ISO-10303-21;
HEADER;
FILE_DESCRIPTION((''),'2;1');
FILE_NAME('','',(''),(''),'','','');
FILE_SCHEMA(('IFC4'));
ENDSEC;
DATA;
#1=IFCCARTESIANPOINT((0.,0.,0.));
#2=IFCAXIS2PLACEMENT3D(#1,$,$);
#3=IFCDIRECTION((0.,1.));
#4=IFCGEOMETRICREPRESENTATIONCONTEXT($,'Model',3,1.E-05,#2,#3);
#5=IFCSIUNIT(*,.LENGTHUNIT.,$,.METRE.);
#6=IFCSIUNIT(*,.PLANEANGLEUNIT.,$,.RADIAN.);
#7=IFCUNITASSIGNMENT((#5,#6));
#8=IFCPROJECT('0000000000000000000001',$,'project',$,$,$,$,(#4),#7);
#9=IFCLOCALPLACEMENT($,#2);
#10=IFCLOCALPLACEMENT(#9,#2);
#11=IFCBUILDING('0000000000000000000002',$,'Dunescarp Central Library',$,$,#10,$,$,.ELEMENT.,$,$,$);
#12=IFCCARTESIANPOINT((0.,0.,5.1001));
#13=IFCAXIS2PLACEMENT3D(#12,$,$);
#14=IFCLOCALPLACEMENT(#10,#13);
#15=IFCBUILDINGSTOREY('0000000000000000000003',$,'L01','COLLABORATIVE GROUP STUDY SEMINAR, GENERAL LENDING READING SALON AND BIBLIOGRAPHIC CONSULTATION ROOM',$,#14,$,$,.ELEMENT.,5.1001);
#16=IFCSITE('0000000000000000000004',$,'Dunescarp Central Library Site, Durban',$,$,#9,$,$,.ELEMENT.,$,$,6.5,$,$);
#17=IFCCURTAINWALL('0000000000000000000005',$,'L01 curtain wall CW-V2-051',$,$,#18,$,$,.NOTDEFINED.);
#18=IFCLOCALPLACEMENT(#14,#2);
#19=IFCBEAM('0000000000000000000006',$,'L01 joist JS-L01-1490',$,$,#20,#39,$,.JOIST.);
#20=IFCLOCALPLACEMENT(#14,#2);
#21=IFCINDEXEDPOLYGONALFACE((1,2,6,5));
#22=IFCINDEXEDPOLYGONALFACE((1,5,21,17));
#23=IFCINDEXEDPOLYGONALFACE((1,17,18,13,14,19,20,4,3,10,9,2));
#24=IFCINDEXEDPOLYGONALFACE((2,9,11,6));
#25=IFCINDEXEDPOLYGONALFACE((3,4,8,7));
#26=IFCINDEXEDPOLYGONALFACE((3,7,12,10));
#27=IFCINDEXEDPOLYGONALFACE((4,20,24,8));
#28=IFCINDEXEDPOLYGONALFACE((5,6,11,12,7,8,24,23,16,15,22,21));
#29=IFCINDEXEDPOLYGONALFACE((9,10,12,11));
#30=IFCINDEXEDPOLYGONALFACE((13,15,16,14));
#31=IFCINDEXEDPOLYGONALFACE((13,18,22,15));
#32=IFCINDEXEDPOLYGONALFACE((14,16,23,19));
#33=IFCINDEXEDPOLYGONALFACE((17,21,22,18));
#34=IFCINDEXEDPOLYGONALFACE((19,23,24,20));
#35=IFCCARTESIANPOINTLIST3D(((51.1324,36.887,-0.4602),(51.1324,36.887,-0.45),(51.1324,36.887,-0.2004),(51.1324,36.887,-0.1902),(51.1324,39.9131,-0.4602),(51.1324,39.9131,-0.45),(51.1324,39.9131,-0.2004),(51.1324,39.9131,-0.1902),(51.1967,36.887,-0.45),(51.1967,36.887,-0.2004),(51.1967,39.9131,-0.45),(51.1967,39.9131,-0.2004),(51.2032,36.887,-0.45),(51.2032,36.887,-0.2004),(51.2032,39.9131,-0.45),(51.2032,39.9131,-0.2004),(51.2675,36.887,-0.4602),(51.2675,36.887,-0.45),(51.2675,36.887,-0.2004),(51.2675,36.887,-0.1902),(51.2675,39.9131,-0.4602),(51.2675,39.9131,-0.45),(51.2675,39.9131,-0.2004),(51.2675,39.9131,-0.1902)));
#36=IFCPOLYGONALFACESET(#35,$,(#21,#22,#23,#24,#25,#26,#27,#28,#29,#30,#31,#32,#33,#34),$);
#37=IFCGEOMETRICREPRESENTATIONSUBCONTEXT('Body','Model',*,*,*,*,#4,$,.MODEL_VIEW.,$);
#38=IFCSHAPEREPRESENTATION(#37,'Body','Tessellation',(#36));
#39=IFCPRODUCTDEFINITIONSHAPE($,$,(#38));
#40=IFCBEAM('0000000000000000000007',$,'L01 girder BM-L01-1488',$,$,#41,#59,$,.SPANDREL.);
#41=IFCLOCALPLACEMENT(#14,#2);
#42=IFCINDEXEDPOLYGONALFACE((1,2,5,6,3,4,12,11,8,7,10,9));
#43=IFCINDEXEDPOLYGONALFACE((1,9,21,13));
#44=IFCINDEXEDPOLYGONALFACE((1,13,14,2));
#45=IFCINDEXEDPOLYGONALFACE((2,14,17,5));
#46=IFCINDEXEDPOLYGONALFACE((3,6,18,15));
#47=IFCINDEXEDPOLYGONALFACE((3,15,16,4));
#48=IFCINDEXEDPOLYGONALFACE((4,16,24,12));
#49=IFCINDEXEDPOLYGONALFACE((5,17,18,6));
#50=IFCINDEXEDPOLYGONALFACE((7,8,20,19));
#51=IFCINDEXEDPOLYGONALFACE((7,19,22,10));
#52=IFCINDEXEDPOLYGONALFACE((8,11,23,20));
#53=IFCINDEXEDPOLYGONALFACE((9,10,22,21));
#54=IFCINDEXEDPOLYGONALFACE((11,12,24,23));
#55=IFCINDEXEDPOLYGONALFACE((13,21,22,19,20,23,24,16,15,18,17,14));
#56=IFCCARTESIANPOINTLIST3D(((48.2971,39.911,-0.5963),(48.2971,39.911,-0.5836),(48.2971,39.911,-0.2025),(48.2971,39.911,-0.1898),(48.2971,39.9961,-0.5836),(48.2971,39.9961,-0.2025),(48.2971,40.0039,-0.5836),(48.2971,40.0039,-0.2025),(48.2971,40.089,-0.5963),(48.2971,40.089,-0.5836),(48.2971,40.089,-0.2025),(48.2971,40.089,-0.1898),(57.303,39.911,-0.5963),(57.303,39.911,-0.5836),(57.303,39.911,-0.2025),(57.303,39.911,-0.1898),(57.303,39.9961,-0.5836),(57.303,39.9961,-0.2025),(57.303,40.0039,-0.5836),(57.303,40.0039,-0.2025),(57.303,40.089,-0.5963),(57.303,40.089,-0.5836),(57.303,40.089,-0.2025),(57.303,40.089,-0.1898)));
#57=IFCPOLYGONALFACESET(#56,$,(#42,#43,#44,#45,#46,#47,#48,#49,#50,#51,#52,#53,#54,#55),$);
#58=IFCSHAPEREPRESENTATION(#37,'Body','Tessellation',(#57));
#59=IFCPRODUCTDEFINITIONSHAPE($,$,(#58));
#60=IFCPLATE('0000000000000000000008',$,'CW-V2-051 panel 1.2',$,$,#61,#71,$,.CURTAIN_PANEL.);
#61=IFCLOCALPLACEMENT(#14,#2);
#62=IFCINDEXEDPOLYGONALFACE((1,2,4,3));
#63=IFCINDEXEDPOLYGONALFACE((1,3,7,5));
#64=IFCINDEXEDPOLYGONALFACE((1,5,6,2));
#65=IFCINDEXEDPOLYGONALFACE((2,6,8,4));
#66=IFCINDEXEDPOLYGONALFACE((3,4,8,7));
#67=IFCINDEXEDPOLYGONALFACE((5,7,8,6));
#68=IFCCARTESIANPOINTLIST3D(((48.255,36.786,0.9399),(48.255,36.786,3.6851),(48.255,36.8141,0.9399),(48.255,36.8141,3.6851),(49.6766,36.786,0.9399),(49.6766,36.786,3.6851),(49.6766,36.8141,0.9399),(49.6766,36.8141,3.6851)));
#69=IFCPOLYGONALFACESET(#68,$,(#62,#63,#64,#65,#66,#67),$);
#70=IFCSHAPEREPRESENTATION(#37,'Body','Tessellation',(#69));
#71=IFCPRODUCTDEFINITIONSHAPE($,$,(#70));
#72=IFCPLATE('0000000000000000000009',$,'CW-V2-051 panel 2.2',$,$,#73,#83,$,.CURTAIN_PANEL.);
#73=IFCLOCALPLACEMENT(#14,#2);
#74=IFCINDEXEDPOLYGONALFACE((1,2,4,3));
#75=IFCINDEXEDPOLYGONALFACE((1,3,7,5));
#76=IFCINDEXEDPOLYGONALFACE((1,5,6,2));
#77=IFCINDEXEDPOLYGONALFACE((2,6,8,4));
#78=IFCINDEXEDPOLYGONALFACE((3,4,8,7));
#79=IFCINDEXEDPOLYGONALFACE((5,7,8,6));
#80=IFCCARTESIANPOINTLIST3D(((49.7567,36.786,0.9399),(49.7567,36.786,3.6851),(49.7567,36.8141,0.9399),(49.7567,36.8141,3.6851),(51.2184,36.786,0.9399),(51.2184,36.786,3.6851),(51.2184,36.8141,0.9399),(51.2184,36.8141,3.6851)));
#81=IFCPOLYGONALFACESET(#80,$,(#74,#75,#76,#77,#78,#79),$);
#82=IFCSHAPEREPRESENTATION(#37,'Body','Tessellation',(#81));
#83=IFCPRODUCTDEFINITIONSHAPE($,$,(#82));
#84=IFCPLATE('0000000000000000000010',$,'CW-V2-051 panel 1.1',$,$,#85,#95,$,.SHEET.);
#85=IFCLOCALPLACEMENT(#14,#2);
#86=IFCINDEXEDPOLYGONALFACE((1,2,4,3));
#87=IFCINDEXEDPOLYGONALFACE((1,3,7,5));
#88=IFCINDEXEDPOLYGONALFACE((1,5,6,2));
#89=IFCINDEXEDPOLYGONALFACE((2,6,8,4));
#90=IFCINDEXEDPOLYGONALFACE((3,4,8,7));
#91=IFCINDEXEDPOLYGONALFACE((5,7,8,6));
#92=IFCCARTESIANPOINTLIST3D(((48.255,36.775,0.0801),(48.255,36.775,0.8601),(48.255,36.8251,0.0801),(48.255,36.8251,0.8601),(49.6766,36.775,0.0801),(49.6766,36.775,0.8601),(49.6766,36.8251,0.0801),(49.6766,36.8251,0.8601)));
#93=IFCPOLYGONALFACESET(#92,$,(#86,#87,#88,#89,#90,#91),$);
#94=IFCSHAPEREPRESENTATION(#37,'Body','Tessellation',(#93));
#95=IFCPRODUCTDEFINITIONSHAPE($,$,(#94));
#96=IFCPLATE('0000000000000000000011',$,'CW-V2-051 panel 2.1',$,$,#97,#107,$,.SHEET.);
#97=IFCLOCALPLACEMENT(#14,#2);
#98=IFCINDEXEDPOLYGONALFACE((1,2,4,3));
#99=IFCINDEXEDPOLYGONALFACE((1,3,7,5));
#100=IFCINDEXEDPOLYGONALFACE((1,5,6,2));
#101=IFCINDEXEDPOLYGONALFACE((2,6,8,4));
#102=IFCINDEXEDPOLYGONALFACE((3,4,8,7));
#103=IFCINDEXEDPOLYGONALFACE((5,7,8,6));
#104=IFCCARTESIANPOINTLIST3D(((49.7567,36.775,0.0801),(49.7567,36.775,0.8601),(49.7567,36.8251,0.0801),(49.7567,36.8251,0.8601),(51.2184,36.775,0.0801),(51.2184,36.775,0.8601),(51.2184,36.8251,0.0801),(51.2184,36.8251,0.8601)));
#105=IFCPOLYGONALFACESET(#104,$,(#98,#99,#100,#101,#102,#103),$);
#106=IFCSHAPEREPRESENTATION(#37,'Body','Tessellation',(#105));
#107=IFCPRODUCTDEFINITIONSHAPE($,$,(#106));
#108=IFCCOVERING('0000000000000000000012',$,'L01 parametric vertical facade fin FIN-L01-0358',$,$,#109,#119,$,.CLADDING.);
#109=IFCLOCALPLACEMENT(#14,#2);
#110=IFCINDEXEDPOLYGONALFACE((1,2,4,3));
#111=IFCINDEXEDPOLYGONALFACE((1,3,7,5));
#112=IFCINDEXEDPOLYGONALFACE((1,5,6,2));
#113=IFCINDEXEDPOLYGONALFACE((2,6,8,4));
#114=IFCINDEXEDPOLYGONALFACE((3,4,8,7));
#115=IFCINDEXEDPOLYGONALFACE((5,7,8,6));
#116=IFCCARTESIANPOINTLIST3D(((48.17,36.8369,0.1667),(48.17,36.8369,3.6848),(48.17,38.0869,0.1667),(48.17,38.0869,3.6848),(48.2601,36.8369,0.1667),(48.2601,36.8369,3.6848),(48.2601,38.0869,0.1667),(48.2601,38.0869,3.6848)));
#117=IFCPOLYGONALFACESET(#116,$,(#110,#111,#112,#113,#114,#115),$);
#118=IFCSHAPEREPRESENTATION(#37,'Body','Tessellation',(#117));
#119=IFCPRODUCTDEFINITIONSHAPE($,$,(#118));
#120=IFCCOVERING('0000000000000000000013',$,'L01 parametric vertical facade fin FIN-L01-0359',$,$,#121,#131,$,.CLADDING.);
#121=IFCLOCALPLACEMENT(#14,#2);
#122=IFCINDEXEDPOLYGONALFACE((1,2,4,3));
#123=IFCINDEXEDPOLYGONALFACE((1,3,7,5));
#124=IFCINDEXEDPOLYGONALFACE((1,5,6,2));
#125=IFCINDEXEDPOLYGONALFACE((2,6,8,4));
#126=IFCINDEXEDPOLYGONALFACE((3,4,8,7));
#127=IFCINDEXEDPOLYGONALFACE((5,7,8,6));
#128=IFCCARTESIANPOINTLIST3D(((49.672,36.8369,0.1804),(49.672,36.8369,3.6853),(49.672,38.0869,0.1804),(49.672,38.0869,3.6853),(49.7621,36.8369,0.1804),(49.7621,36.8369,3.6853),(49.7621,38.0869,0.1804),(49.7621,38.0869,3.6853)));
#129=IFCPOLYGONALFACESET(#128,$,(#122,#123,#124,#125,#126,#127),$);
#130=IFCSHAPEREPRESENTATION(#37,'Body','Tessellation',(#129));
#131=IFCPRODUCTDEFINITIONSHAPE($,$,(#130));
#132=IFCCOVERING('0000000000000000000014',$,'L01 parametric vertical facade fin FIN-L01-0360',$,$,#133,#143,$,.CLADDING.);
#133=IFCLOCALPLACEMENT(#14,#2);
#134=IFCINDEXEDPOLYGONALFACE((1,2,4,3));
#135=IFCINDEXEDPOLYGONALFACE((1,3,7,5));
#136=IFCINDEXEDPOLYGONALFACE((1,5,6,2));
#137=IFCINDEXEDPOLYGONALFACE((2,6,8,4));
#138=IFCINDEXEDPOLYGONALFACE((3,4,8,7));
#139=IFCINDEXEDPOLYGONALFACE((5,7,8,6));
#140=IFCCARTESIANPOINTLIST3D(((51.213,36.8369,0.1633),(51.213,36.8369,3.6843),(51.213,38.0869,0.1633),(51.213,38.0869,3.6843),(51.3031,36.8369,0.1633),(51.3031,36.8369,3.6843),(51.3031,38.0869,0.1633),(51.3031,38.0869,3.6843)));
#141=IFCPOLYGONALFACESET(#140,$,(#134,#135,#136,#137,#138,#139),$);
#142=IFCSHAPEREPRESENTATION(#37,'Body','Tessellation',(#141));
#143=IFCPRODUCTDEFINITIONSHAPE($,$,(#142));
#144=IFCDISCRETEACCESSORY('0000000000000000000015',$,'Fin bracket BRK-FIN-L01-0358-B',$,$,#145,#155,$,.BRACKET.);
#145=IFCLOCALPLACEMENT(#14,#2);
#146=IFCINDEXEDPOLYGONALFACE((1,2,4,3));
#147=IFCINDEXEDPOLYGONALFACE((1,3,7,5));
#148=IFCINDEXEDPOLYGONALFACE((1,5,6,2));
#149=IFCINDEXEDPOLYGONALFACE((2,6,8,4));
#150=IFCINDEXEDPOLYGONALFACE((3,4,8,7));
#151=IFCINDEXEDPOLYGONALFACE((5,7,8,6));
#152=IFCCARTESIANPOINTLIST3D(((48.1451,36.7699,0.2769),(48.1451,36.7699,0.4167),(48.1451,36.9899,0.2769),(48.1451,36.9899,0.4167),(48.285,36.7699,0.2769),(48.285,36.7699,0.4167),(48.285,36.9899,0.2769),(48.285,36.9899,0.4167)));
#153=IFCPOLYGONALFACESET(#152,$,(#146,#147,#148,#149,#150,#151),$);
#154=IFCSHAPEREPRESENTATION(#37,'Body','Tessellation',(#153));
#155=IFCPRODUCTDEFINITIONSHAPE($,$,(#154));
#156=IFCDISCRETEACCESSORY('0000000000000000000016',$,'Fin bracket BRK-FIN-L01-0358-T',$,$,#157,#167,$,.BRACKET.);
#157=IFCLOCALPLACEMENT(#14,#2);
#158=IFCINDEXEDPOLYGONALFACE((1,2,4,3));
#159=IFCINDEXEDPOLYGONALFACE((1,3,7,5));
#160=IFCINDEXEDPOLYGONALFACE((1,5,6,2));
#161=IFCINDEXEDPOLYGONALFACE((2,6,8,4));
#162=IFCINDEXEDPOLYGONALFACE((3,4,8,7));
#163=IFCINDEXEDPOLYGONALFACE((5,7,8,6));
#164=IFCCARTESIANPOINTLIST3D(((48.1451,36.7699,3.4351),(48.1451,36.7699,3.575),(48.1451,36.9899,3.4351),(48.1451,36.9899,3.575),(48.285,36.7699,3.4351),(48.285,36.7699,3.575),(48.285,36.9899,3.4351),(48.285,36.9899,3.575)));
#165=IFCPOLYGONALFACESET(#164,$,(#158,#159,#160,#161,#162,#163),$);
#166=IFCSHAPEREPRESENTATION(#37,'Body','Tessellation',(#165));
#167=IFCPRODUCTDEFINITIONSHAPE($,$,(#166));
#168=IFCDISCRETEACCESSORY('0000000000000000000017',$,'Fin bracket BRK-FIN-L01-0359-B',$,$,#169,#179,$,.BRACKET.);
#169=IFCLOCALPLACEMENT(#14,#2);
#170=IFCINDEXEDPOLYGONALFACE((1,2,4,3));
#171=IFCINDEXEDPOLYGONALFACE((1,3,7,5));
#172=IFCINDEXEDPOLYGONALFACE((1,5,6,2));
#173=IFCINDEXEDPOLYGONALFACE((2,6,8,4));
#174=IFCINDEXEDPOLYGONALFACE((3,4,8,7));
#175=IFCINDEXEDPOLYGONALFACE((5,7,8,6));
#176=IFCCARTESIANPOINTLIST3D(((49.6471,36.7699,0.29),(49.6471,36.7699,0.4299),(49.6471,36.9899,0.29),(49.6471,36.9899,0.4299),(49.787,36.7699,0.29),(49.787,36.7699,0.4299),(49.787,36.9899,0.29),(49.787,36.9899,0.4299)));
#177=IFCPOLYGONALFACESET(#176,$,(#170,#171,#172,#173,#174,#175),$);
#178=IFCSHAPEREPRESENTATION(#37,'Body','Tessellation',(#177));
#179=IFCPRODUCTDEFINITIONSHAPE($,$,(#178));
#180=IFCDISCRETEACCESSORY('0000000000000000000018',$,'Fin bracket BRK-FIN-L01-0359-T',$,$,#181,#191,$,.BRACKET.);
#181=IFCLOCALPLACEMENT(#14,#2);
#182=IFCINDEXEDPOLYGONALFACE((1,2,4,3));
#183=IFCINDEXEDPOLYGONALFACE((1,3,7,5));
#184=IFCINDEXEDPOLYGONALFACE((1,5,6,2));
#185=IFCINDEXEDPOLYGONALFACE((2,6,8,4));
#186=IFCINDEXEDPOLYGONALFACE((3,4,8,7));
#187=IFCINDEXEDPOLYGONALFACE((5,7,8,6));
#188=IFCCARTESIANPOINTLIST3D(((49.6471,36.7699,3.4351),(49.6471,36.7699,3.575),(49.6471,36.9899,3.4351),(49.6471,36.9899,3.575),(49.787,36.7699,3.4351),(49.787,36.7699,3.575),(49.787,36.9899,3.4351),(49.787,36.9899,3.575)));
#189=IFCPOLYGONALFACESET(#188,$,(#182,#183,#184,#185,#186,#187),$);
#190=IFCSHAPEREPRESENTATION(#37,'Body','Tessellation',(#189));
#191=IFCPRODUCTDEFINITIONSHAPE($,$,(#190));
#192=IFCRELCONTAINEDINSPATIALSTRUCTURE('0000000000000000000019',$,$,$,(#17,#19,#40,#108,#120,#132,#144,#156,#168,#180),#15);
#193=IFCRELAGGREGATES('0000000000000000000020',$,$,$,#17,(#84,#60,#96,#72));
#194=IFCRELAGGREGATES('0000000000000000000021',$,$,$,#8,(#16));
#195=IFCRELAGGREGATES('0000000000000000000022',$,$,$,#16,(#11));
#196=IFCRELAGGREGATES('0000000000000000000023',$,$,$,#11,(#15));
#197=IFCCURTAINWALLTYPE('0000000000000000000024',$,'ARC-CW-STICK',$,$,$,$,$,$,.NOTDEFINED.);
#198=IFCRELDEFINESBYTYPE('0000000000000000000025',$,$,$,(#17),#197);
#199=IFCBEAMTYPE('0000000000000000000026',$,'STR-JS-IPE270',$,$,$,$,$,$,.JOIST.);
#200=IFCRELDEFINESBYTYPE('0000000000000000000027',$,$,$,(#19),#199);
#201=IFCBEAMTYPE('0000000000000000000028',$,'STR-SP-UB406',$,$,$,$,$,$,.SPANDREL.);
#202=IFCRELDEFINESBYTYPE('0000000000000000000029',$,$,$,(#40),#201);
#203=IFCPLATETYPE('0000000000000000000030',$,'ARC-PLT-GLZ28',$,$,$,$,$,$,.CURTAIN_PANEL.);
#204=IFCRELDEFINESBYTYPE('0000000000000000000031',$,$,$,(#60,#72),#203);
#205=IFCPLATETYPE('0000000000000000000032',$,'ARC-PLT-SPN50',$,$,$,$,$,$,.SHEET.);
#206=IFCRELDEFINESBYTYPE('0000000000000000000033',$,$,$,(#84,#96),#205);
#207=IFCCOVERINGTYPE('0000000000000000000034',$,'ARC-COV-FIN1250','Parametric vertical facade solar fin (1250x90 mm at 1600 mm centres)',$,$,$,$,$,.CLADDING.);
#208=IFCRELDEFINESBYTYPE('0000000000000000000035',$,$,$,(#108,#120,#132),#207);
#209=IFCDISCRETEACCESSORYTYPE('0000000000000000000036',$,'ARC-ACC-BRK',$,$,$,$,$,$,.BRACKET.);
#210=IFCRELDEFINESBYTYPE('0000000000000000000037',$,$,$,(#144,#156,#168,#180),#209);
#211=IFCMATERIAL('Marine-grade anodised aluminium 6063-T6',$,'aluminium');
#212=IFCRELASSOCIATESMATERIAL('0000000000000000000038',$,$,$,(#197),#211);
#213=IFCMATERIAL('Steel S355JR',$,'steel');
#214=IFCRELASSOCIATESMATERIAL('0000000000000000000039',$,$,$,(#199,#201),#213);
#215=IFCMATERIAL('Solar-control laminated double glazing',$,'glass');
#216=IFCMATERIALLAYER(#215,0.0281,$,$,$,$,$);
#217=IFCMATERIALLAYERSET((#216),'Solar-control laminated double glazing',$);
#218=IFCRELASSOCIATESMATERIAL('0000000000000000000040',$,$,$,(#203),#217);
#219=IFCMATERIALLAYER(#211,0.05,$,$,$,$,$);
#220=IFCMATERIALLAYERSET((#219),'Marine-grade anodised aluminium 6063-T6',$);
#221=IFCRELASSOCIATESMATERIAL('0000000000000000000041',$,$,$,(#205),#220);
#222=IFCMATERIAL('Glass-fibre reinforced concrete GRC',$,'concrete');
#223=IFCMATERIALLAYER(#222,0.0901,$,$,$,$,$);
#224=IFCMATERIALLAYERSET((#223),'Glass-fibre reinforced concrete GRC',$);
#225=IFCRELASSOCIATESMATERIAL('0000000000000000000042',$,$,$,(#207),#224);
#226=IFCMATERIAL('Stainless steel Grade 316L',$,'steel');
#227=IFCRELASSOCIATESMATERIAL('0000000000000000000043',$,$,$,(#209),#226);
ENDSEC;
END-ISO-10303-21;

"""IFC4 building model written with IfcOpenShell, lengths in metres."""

from ifc_helpers import new_model, si_unit, direction, frame, origin, origin_2d, place, context, subcontext, project, spatial, rectangle, i_section, extrude, material, layer, layer_set, material_profile, profile_set, type_object, element, aggregate, save


model = new_model("IFC4")

# Units and contexts
model_context = context("Model", 3, precision=1e-05, world=origin(), true_north=direction((0.0, 1.0)))
body_context = subcontext(model_context, "Body", "Model", "MODEL_VIEW")
ifc_project = project(units=[si_unit("LENGTHUNIT", "METRE"), si_unit("PLANEANGLEUNIT", "RADIAN")], contexts=[model_context])

# Site, building, storey
site_placement = place(None, origin())
site = spatial("IfcSite", under=ifc_project, at=site_placement, Name="Dunescarp Central Library Site, Durban", CompositionType="ELEMENT", RefElevation=6.5)
building_placement = place(site_placement, origin())
building = spatial("IfcBuilding", under=site, at=building_placement, Name="Dunescarp Central Library", CompositionType="ELEMENT")
storey_placement = place(building_placement, frame((0.0, 0.0, 5.1001)))
storey = spatial("IfcBuildingStorey", under=building, at=storey_placement, Name="L01", Description="COLLABORATIVE GROUP STUDY SEMINAR, GENERAL LENDING READING SALON AND BIBLIOGRAPHIC CONSULTATION ROOM", CompositionType="ELEMENT", Elevation=5.1001)

# Curtain wall
ifc_material_1 = material(Name="Marine-grade anodised aluminium 6063-T6", Category="aluminium")
curtain_wall_type = type_object("IfcCurtainWallType", Name="ARC-CW-STICK", PredefinedType="NOTDEFINED", material=ifc_material_1)
curtain_wall_placement = place(storey_placement, origin())
curtain_wall = element("IfcCurtainWall", 1, at=curtain_wall_placement, inside=storey, type_object=curtain_wall_type, Name="L01 curtain wall CW-V2-051", PredefinedType="NOTDEFINED")

# Beams
ifc_material_2 = material(Name="Steel S355JR", Category="steel")
ifc_material_profile_1 = material_profile(ifc_material_2, i_section(OverallWidth=0.135, OverallDepth=0.27, WebThickness=0.0066, FlangeThickness=0.0103, at=origin_2d()), Name="IPE 270")
ifc_profile_set_1 = profile_set([ifc_material_profile_1], Name="Steel S355JR")
beam_type_1 = type_object("IfcBeamType", Name="STR-JS-IPE270", PredefinedType="JOIST", material=ifc_profile_set_1)
beam_1_placement = place(storey_placement, frame((51.2, 36.887, -0.3252), z_axis=(0.0, 1.0, 0.0), x_axis=(-1.0, 0.0, 0.0)))
element("IfcBeam", 2, at=beam_1_placement, inside=storey, type_object=beam_type_1, Name="L01 joist JS-L01-1490", PredefinedType="JOIST", context=body_context, shape_type="SweptSolid", body=[
    extrude(i_section(OverallWidth=0.135, OverallDepth=0.27, WebThickness=0.0066, FlangeThickness=0.0103, at=origin_2d()), origin(), (0.0, 0.0, 1.0), 3.0261),
])
ifc_material_profile_2 = material_profile(ifc_material_2, i_section(OverallWidth=0.178, OverallDepth=0.4065, WebThickness=0.0078, FlangeThickness=0.0127, at=origin_2d()), Name="UB 406x178x60")
ifc_profile_set_2 = profile_set([ifc_material_profile_2], Name="Steel S355JR")
beam_type_2 = type_object("IfcBeamType", Name="STR-SP-UB406", PredefinedType="SPANDREL", material=ifc_profile_set_2)
beam_2_placement = place(storey_placement, frame((48.2971, 40.0, -0.3931), z_axis=(1.0, 0.0, 0.0), x_axis=(0.0, 1.0, 0.0)))
element("IfcBeam", 3, at=beam_2_placement, inside=storey, type_object=beam_type_2, Name="L01 girder BM-L01-1488", PredefinedType="SPANDREL", context=body_context, shape_type="SweptSolid", body=[
    extrude(i_section(OverallWidth=0.178, OverallDepth=0.4065, WebThickness=0.0078, FlangeThickness=0.0127, at=origin_2d()), origin(), (0.0, 0.0, 1.0), 9.0059),
])

# Plates
ifc_material_3 = material(Name="Solar-control laminated double glazing", Category="glass")
ifc_layer_1 = layer(ifc_material_3, 0.0281)
ifc_layer_set_1 = layer_set([ifc_layer_1], Name="Solar-control laminated double glazing")
plate_type_1 = type_object("IfcPlateType", Name="ARC-PLT-GLZ28", PredefinedType="CURTAIN_PANEL", material=ifc_layer_set_1)
plate_1_placement = place(storey_placement, frame((48.9658, 36.8, 0.9399), z_axis=(0.0, 0.0, 1.0), x_axis=(1.0, 0.0, 0.0)))
plate_1 = element("IfcPlate", 4, at=plate_1_placement, type_object=plate_type_1, Name="CW-V2-051 panel 1.2", PredefinedType="CURTAIN_PANEL", context=body_context, shape_type="SweptSolid", body=[
    extrude(rectangle(XDim=1.4216, YDim=0.0281, at=origin_2d()), origin(), (0.0, 0.0, 1.0), 2.7451),
])
plate_2_placement = place(storey_placement, frame((50.4875, 36.8, 0.9399), z_axis=(0.0, 0.0, 1.0), x_axis=(1.0, 0.0, 0.0)))
plate_2 = element("IfcPlate", 5, at=plate_2_placement, type_object=plate_type_1, Name="CW-V2-051 panel 2.2", PredefinedType="CURTAIN_PANEL", context=body_context, shape_type="SweptSolid", body=[
    extrude(rectangle(XDim=1.4617, YDim=0.0281, at=origin_2d()), origin(), (0.0, 0.0, 1.0), 2.7451),
])
ifc_layer_2 = layer(ifc_material_1, 0.05)
ifc_layer_set_2 = layer_set([ifc_layer_2], Name="Marine-grade anodised aluminium 6063-T6")
plate_type_2 = type_object("IfcPlateType", Name="ARC-PLT-SPN50", PredefinedType="SHEET", material=ifc_layer_set_2)
plate_3_placement = place(storey_placement, frame((48.9658, 36.8, 0.0801), z_axis=(0.0, 0.0, 1.0), x_axis=(1.0, 0.0, 0.0)))
plate_3 = element("IfcPlate", 6, at=plate_3_placement, type_object=plate_type_2, Name="CW-V2-051 panel 1.1", PredefinedType="SHEET", context=body_context, shape_type="SweptSolid", body=[
    extrude(rectangle(XDim=1.4216, YDim=0.05, at=origin_2d()), origin(), (0.0, 0.0, 1.0), 0.78),
])
plate_4_placement = place(storey_placement, frame((50.4875, 36.8, 0.0801), z_axis=(0.0, 0.0, 1.0), x_axis=(1.0, 0.0, 0.0)))
plate_4 = element("IfcPlate", 7, at=plate_4_placement, type_object=plate_type_2, Name="CW-V2-051 panel 2.1", PredefinedType="SHEET", context=body_context, shape_type="SweptSolid", body=[
    extrude(rectangle(XDim=1.4617, YDim=0.05, at=origin_2d()), origin(), (0.0, 0.0, 1.0), 0.78),
])
aggregate(curtain_wall, [plate_3, plate_1, plate_4, plate_2])

# Coverings
ifc_material_4 = material(Name="Glass-fibre reinforced concrete GRC", Category="concrete")
ifc_layer_3 = layer(ifc_material_4, 0.0901)
ifc_layer_set_3 = layer_set([ifc_layer_3], Name="Glass-fibre reinforced concrete GRC")
covering_type = type_object("IfcCoveringType", Name="ARC-COV-FIN1250", Description="Parametric vertical facade solar fin (1250x90 mm at 1600 mm centres)", PredefinedType="CLADDING", material=ifc_layer_set_3)
covering_1_placement = place(storey_placement, frame((48.2151, 37.4619, 0.1667), z_axis=(0.0, 0.0, 1.0), x_axis=(0.0, 1.0, 0.0)))
element("IfcCovering", 8, at=covering_1_placement, inside=storey, type_object=covering_type, Name="L01 parametric vertical facade fin FIN-L01-0358", PredefinedType="CLADDING", context=body_context, shape_type="SweptSolid", body=[
    extrude(rectangle(XDim=1.25, YDim=0.0901, at=origin_2d()), origin(), (0.0, 0.0, 1.0), 3.5181),
])
covering_2_placement = place(storey_placement, frame((49.717, 37.4619, 0.1804), z_axis=(0.0, 0.0, 1.0), x_axis=(0.0, 1.0, 0.0)))
element("IfcCovering", 9, at=covering_2_placement, inside=storey, type_object=covering_type, Name="L01 parametric vertical facade fin FIN-L01-0359", PredefinedType="CLADDING", context=body_context, shape_type="SweptSolid", body=[
    extrude(rectangle(XDim=1.25, YDim=0.0901, at=origin_2d()), origin(), (0.0, 0.0, 1.0), 3.5049),
])
covering_3_placement = place(storey_placement, frame((51.2581, 37.4619, 0.1633), z_axis=(0.0, 0.0, 1.0), x_axis=(0.0, 1.0, 0.0)))
element("IfcCovering", 10, at=covering_3_placement, inside=storey, type_object=covering_type, Name="L01 parametric vertical facade fin FIN-L01-0360", PredefinedType="CLADDING", context=body_context, shape_type="SweptSolid", body=[
    extrude(rectangle(XDim=1.25, YDim=0.0901, at=origin_2d()), origin(), (0.0, 0.0, 1.0), 3.521),
])

# Discrete accessories
ifc_material_5 = material(Name="Stainless steel Grade 316L", Category="steel")
discrete_accessory_type = type_object("IfcDiscreteAccessoryType", Name="ARC-ACC-BRK", PredefinedType="BRACKET", material=ifc_material_5)
for number, where, z_axis, x_axis, name in (
    (11, (48.2151, 36.8799, 0.2769), (0.0, 0.0, 1.0), (0.0, 1.0, 0.0), "Fin bracket BRK-FIN-L01-0358-B"),
    (12, (48.2151, 36.8799, 3.4351), (0.0, 0.0, 1.0), (0.0, 1.0, 0.0), "Fin bracket BRK-FIN-L01-0358-T"),
    (13, (49.717, 36.8799, 0.29), (0.0, 0.0, 1.0), (0.0, 1.0, 0.0), "Fin bracket BRK-FIN-L01-0359-B"),
    (14, (49.717, 36.8799, 3.4351), (0.0, 0.0, 1.0), (0.0, 1.0, 0.0), "Fin bracket BRK-FIN-L01-0359-T"),
):
    element("IfcDiscreteAccessory", number, at=place(storey_placement, frame(where, z_axis=z_axis, x_axis=x_axis)), inside=storey, type_object=discrete_accessory_type, Name=name, PredefinedType="BRACKET", context=body_context, shape_type="SweptSolid", body=[
        extrude(rectangle(XDim=0.22, YDim=0.1399, at=origin_2d()), origin(), (0.0, 0.0, 1.0), 0.1399),
    ])

save(model, "model.ifc")
